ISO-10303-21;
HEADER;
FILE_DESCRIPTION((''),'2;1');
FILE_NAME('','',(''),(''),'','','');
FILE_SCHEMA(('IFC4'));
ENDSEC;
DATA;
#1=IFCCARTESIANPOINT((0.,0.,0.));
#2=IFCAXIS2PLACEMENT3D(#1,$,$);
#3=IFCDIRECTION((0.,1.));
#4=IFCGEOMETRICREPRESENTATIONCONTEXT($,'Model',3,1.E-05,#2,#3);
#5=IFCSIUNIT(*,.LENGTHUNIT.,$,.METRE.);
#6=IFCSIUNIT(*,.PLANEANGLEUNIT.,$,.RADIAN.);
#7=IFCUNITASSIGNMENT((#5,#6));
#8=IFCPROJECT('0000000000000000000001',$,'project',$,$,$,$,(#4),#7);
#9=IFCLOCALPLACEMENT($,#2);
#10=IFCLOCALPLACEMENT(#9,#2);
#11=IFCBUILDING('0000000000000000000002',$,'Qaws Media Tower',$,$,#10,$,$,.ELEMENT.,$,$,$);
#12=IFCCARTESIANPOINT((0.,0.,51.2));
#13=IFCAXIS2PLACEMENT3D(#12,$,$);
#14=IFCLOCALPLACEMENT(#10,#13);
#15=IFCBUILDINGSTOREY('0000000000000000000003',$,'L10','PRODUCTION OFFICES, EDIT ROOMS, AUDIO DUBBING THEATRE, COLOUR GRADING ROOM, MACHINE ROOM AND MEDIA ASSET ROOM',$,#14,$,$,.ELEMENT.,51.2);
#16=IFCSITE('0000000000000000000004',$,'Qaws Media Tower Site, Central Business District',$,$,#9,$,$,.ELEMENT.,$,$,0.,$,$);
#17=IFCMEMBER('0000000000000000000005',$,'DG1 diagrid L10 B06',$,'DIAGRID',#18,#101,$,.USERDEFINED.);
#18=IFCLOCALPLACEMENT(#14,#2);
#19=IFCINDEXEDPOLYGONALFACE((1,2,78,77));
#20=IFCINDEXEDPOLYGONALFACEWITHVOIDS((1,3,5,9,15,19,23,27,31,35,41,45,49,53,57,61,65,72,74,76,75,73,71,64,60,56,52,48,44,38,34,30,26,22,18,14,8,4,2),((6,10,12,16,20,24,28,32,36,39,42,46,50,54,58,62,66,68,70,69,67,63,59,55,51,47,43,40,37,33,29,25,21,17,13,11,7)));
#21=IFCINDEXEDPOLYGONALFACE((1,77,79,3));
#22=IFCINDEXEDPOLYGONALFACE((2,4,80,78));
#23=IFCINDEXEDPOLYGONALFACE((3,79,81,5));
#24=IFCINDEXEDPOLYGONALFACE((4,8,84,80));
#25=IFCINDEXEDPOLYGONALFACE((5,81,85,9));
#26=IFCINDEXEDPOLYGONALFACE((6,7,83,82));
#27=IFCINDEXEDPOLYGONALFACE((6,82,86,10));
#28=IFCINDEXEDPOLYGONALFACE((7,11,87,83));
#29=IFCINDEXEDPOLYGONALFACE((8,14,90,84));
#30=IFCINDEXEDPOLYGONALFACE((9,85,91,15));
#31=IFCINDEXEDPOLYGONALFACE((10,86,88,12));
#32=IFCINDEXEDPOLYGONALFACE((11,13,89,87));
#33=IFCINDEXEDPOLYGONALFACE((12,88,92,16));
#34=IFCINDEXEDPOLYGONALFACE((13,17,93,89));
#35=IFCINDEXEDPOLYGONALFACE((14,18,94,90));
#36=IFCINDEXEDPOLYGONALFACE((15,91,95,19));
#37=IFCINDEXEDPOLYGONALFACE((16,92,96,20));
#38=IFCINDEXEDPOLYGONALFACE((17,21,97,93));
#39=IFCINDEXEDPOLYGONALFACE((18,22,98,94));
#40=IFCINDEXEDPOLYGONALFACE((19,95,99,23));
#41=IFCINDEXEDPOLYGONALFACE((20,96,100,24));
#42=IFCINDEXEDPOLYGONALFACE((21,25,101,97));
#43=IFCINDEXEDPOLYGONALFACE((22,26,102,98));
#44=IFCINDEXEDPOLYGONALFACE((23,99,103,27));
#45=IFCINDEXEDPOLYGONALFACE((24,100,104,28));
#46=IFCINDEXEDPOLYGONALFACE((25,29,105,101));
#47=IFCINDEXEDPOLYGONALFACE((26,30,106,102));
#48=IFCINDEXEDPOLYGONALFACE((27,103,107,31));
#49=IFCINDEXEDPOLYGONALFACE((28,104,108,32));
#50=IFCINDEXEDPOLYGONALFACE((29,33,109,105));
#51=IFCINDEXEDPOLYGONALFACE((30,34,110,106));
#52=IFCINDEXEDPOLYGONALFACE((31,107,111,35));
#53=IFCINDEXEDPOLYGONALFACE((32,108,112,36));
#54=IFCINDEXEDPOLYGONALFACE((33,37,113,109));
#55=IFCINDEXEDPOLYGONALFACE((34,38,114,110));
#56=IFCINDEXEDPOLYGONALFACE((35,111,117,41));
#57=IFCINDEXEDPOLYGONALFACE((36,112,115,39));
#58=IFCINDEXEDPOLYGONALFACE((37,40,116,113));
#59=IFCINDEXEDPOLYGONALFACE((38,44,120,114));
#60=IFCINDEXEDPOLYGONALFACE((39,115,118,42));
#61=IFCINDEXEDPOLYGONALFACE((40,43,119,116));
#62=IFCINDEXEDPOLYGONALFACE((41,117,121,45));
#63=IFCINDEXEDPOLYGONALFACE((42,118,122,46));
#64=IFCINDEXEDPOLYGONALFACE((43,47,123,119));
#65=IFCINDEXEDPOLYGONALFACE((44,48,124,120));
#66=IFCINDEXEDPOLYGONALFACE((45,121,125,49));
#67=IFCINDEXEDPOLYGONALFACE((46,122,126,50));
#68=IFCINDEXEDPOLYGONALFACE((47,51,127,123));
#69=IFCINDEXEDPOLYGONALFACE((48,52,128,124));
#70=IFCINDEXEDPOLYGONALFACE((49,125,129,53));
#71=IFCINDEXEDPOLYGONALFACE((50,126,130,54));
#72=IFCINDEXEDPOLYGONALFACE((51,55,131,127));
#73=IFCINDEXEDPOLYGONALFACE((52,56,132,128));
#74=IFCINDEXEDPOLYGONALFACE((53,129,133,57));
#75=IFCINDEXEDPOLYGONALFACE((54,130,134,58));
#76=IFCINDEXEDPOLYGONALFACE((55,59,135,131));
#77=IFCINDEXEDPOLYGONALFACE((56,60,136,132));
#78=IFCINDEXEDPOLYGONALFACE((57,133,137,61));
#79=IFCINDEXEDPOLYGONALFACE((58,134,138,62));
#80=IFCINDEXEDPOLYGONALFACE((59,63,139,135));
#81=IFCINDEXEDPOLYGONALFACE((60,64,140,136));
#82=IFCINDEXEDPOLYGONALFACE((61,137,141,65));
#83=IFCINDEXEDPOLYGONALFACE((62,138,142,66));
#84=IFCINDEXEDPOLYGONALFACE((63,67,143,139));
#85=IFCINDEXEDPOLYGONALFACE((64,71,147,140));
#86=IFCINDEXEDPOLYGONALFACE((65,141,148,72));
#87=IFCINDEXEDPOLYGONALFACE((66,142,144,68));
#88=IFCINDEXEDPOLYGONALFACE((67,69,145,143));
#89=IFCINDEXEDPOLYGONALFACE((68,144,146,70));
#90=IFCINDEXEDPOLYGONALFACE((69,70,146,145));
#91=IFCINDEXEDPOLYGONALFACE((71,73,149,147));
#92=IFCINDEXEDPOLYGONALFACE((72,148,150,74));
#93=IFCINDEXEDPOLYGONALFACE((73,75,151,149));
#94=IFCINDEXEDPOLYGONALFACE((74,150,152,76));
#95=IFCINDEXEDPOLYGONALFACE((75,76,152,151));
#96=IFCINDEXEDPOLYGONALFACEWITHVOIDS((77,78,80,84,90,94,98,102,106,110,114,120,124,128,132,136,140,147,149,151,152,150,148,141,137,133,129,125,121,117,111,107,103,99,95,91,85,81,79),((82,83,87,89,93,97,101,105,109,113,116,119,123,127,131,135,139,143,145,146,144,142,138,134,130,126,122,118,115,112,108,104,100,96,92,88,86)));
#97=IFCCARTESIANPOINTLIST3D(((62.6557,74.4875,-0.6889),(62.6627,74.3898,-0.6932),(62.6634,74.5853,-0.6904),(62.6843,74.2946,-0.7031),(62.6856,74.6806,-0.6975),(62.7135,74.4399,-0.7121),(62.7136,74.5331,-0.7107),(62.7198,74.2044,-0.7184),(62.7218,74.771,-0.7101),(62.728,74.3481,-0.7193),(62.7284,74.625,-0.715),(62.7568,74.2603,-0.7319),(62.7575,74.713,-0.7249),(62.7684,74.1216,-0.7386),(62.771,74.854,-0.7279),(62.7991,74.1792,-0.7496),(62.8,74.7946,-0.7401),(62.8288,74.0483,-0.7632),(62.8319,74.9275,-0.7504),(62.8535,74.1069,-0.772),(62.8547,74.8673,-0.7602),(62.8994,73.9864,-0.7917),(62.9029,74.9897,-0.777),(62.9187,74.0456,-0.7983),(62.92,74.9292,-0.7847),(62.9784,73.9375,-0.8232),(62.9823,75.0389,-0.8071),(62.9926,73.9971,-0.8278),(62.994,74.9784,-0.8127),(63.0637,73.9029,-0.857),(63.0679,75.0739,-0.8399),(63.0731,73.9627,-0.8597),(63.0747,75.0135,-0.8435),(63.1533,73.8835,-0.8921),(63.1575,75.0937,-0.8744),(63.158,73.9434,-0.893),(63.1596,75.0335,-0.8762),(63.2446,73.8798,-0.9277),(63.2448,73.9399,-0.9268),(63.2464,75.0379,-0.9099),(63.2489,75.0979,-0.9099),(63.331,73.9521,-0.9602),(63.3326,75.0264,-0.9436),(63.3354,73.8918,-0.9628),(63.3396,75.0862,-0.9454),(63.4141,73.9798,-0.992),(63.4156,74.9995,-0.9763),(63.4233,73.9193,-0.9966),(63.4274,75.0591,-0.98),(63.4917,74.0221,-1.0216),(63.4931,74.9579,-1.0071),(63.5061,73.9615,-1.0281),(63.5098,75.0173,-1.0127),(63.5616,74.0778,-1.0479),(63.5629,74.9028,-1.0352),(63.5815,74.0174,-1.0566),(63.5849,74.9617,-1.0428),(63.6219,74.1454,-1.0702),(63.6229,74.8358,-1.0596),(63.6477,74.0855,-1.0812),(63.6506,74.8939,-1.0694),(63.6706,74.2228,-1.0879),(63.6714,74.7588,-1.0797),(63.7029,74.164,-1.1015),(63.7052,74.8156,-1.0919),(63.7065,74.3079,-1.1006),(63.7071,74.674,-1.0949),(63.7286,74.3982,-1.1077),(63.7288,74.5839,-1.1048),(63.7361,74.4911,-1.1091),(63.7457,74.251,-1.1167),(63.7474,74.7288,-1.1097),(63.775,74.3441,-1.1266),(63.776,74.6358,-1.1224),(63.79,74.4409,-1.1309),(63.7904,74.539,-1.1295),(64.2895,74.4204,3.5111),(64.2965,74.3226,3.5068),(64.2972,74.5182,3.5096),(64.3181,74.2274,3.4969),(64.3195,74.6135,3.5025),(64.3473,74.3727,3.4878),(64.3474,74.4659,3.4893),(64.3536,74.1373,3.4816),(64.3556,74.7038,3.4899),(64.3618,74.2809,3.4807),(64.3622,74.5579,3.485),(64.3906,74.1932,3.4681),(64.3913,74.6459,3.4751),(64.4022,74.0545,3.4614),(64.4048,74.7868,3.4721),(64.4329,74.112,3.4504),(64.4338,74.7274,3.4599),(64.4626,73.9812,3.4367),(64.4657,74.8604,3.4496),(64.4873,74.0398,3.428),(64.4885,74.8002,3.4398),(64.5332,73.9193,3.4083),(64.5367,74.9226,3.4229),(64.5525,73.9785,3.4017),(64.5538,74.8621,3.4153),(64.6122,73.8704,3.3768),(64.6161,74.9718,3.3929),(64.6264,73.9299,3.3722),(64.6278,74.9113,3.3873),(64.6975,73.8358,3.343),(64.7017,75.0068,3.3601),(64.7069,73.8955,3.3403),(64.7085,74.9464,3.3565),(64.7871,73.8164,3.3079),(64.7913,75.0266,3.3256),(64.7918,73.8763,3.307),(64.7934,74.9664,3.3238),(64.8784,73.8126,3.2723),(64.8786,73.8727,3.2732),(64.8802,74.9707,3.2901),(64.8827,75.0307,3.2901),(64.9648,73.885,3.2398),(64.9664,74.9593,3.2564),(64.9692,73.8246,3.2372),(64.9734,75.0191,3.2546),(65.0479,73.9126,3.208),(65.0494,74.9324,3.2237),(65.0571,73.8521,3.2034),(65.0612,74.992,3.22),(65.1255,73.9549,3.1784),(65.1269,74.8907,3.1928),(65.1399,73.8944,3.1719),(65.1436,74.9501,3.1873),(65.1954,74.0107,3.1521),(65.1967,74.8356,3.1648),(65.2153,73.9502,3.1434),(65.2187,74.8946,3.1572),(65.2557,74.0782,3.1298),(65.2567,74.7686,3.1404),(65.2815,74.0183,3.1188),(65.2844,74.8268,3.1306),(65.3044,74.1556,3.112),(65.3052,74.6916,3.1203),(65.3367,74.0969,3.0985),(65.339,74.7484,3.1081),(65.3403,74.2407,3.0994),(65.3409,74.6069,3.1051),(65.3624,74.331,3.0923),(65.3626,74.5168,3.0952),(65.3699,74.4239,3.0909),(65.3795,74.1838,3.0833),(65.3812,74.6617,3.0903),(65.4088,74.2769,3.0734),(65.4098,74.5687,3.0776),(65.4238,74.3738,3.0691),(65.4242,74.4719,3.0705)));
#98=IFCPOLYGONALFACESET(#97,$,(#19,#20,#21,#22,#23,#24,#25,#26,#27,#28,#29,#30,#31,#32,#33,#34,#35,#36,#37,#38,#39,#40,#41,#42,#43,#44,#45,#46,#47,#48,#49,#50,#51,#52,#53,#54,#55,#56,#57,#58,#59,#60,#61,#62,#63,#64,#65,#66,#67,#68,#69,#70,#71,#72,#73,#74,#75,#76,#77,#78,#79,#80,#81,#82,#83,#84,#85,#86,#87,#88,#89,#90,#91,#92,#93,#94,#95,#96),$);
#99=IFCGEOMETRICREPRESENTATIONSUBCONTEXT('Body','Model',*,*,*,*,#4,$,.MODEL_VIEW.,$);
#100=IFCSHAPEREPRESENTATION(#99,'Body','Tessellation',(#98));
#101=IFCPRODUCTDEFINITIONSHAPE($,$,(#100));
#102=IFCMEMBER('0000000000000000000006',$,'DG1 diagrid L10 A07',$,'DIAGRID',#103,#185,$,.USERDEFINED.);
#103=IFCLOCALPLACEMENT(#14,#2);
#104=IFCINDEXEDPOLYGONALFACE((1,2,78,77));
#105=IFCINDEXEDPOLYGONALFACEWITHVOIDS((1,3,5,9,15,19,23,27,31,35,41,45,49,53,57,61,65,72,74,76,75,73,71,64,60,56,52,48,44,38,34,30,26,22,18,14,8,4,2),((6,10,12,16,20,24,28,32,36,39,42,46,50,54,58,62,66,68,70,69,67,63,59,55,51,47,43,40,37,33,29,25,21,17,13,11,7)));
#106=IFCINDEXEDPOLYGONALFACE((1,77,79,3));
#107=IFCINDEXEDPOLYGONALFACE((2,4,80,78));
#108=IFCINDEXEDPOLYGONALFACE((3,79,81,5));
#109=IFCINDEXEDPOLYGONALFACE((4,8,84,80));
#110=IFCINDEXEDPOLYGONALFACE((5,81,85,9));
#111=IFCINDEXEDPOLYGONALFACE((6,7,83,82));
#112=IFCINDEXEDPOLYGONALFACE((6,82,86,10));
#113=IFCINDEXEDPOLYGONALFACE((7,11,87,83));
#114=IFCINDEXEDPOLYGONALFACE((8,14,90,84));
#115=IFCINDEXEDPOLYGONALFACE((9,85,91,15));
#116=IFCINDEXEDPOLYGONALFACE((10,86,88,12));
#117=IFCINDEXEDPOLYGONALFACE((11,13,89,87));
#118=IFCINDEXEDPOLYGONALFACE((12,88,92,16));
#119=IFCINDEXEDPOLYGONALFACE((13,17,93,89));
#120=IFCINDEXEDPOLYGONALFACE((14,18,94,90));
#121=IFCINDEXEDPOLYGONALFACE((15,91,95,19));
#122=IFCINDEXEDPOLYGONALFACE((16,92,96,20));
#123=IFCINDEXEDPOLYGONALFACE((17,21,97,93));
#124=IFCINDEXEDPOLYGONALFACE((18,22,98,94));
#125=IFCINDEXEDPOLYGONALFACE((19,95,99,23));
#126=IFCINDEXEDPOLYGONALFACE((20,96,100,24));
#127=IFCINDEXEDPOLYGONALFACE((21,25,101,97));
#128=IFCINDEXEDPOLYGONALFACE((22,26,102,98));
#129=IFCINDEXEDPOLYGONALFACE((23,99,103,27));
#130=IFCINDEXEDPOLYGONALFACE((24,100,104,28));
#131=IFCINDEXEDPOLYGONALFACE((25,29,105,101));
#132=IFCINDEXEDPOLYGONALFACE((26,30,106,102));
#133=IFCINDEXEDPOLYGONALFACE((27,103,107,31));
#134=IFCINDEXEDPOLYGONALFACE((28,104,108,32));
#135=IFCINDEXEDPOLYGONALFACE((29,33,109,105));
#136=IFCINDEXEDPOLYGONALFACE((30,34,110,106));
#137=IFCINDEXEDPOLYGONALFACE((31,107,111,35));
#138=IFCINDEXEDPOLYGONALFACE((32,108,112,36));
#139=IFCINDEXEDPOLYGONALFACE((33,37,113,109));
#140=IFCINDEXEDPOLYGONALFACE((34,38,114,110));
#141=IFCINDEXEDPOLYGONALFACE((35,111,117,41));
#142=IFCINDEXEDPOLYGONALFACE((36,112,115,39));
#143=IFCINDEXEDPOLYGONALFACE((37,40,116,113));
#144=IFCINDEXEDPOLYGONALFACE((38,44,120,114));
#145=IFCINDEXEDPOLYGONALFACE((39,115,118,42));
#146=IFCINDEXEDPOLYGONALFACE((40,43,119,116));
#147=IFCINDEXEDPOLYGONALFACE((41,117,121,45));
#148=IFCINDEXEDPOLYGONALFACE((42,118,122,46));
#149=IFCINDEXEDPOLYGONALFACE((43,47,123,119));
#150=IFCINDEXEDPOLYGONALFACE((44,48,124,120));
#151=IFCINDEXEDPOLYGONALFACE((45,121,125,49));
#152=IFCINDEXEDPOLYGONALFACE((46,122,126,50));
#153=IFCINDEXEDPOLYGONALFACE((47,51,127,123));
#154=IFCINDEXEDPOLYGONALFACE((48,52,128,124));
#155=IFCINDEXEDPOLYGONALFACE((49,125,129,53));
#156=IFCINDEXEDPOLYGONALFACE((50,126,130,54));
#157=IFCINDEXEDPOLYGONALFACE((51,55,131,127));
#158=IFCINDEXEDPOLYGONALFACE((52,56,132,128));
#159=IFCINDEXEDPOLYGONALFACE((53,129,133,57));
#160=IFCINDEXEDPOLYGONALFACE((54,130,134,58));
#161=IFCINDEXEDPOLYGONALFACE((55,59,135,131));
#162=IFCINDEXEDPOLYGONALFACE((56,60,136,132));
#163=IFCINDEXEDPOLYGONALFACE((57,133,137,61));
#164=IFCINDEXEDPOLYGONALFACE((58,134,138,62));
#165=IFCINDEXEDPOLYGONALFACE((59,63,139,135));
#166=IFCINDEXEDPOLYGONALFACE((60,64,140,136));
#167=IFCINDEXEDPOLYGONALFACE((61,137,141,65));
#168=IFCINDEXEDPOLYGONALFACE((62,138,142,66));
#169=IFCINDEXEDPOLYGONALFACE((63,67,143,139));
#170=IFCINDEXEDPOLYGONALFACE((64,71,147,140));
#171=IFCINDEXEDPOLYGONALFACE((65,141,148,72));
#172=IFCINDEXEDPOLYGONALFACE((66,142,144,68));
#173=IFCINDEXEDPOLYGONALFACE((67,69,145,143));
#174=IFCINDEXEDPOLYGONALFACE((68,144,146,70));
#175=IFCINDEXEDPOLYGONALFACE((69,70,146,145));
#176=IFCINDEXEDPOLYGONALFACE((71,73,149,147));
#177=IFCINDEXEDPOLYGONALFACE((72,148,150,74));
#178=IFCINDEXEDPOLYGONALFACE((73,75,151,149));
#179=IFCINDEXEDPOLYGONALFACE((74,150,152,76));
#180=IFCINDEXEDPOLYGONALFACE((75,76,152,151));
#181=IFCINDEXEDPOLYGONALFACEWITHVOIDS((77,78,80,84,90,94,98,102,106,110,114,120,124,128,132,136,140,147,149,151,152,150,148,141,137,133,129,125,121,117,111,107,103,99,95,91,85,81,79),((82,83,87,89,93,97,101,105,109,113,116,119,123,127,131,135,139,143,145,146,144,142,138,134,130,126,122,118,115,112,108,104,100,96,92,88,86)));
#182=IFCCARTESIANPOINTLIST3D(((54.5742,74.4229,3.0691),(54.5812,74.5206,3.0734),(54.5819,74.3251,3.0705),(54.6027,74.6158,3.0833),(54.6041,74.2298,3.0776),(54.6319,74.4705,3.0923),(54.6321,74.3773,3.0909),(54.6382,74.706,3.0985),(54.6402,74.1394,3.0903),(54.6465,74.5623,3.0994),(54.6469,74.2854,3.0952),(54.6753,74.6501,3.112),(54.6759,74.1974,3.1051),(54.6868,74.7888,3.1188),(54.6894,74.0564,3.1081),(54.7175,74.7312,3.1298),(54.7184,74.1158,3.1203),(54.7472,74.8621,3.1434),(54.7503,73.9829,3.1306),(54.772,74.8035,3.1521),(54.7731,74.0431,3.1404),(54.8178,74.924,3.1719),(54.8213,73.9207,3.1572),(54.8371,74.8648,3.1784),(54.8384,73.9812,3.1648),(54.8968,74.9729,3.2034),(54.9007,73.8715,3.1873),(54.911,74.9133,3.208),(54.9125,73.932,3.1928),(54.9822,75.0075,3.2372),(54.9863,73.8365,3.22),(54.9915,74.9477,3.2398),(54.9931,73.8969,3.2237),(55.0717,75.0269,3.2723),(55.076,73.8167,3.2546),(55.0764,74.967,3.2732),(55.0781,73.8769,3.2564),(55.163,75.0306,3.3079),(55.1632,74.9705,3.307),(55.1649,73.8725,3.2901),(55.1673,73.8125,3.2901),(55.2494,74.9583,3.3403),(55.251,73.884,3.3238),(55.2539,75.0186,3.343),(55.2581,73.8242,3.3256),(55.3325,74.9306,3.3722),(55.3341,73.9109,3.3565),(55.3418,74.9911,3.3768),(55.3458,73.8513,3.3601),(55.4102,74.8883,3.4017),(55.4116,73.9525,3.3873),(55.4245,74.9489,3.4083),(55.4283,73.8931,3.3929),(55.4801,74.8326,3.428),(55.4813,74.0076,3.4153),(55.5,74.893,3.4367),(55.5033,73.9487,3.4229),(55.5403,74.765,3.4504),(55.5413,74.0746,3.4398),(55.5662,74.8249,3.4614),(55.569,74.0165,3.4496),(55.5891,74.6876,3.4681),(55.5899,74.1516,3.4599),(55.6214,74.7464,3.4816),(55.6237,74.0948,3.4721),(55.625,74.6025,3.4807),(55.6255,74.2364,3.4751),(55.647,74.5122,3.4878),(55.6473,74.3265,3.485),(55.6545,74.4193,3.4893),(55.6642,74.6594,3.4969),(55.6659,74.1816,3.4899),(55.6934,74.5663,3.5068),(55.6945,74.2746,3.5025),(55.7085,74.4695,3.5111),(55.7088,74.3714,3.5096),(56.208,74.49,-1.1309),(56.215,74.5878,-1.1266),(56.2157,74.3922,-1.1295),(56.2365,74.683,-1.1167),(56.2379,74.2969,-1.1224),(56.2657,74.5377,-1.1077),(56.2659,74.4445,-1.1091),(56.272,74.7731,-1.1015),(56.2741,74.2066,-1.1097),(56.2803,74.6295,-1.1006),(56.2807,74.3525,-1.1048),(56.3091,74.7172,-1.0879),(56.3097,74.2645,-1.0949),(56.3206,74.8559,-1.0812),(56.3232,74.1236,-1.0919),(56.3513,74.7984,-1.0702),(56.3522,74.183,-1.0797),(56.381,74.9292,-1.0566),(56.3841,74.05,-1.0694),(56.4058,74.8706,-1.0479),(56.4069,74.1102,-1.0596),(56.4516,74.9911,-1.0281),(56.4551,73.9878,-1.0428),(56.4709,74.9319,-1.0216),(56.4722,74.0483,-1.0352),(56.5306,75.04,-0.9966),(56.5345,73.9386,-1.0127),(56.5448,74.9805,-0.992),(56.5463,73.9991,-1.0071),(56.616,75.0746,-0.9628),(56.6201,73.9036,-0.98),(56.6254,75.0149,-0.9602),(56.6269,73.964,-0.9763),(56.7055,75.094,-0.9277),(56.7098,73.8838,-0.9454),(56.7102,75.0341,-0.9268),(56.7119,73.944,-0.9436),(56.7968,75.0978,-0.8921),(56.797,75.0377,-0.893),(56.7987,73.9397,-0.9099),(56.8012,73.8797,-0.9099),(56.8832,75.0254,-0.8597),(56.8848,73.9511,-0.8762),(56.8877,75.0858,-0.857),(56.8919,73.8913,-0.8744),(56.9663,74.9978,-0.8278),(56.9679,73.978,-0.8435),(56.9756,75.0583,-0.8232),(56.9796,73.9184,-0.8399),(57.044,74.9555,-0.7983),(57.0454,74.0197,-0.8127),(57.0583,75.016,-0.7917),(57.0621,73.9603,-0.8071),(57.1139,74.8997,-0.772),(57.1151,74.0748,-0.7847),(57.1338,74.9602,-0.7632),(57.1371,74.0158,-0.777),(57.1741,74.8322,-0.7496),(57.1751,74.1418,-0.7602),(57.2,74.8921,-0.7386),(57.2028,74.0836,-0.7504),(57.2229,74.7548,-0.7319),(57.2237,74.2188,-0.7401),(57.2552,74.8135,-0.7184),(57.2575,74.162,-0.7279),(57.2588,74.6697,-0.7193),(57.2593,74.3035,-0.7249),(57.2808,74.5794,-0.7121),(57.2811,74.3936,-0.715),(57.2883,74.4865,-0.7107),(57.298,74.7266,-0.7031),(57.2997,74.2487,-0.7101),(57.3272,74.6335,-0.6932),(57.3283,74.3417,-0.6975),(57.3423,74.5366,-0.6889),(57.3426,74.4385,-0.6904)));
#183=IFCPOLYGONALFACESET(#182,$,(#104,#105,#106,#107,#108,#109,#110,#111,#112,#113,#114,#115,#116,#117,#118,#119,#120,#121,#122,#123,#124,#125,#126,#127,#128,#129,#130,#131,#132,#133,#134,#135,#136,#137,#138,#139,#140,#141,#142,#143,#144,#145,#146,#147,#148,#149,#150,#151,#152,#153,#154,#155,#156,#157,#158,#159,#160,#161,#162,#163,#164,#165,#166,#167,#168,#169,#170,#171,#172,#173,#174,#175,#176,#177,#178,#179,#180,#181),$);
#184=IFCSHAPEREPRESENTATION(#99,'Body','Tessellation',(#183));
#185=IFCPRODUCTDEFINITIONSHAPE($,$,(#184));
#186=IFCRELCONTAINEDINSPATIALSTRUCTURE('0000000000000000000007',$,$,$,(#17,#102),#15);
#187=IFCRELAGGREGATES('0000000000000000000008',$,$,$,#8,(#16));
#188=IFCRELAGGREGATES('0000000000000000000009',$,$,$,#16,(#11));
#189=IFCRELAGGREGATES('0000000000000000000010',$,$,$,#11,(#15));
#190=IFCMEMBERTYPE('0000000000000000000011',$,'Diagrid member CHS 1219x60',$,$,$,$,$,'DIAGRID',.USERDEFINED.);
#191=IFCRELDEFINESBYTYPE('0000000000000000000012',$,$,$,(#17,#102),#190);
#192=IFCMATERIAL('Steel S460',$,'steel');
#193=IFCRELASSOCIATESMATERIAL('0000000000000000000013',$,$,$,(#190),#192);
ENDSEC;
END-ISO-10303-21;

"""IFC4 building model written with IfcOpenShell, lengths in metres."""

from ifc_helpers import new_model, si_unit, direction, frame, origin, origin_2d, place, context, subcontext, project, spatial, hollow_circle, extrude, material, material_profile, profile_set, type_object, element, save


model = new_model("IFC4")

# Units and contexts
model_context = context("Model", 3, precision=1e-05, world=origin(), true_north=direction((0.0, 1.0)))
body_context = subcontext(model_context, "Body", "Model", "MODEL_VIEW")
ifc_project = project(units=[si_unit("LENGTHUNIT", "METRE"), si_unit("PLANEANGLEUNIT", "RADIAN")], contexts=[model_context])

# Site, building, storey
site_placement = place(None, origin())
site = spatial("IfcSite", under=ifc_project, at=site_placement, Name="Qaws Media Tower Site, Central Business District", CompositionType="ELEMENT", RefElevation=0.0)
building_placement = place(site_placement, origin())
building = spatial("IfcBuilding", under=site, at=building_placement, Name="Qaws Media Tower", CompositionType="ELEMENT")
storey_placement = place(building_placement, frame((0.0, 0.0, 51.2)))
storey = spatial("IfcBuildingStorey", under=building, at=storey_placement, Name="L10", Description="PRODUCTION OFFICES, EDIT ROOMS, AUDIO DUBBING THEATRE, COLOUR GRADING ROOM, MACHINE ROOM AND MEDIA ASSET ROOM", CompositionType="ELEMENT", Elevation=51.2)

# Members
ifc_material_1 = material(Name="Steel S460", Category="steel")
ifc_material_profile_1 = material_profile(ifc_material_1, hollow_circle(Radius=0.6096, WallThickness=0.0601, at=origin_2d()), Name="CHS 1219x60")
ifc_profile_set_1 = profile_set([ifc_material_profile_1], Name="Steel S460")
member_type_1 = type_object("IfcMemberType", Name="Diagrid member CHS 1219x60", ElementType="DIAGRID", PredefinedType="USERDEFINED", material=ifc_profile_set_1)
for number, where, z_axis, x_axis, name in (
    (1, (63.2239, 74.4888, -0.9099), (0.362498, -0.014896, 0.931866), (0.041059, 0.999157, 0.0), "DG1 diagrid L10 B06"),
    (2, (56.7761, 74.4888, -0.9099), (-0.362498, -0.014896, 0.931866), (0.041059, -0.999157, 0.0), "DG1 diagrid L10 A07"),
):
    element("IfcMember", number, at=place(storey_placement, frame(where, z_axis=z_axis, x_axis=x_axis)), inside=storey, type_object=member_type_1, Name=name, ObjectType="DIAGRID", PredefinedType="USERDEFINED", context=body_context, shape_type="SweptSolid", body=[
        extrude(hollow_circle(Radius=0.6096, WallThickness=0.0601, at=origin_2d()), origin(), (0.0, 0.0, 1.0), 4.5071),
    ])

save(model, "model.ifc")
